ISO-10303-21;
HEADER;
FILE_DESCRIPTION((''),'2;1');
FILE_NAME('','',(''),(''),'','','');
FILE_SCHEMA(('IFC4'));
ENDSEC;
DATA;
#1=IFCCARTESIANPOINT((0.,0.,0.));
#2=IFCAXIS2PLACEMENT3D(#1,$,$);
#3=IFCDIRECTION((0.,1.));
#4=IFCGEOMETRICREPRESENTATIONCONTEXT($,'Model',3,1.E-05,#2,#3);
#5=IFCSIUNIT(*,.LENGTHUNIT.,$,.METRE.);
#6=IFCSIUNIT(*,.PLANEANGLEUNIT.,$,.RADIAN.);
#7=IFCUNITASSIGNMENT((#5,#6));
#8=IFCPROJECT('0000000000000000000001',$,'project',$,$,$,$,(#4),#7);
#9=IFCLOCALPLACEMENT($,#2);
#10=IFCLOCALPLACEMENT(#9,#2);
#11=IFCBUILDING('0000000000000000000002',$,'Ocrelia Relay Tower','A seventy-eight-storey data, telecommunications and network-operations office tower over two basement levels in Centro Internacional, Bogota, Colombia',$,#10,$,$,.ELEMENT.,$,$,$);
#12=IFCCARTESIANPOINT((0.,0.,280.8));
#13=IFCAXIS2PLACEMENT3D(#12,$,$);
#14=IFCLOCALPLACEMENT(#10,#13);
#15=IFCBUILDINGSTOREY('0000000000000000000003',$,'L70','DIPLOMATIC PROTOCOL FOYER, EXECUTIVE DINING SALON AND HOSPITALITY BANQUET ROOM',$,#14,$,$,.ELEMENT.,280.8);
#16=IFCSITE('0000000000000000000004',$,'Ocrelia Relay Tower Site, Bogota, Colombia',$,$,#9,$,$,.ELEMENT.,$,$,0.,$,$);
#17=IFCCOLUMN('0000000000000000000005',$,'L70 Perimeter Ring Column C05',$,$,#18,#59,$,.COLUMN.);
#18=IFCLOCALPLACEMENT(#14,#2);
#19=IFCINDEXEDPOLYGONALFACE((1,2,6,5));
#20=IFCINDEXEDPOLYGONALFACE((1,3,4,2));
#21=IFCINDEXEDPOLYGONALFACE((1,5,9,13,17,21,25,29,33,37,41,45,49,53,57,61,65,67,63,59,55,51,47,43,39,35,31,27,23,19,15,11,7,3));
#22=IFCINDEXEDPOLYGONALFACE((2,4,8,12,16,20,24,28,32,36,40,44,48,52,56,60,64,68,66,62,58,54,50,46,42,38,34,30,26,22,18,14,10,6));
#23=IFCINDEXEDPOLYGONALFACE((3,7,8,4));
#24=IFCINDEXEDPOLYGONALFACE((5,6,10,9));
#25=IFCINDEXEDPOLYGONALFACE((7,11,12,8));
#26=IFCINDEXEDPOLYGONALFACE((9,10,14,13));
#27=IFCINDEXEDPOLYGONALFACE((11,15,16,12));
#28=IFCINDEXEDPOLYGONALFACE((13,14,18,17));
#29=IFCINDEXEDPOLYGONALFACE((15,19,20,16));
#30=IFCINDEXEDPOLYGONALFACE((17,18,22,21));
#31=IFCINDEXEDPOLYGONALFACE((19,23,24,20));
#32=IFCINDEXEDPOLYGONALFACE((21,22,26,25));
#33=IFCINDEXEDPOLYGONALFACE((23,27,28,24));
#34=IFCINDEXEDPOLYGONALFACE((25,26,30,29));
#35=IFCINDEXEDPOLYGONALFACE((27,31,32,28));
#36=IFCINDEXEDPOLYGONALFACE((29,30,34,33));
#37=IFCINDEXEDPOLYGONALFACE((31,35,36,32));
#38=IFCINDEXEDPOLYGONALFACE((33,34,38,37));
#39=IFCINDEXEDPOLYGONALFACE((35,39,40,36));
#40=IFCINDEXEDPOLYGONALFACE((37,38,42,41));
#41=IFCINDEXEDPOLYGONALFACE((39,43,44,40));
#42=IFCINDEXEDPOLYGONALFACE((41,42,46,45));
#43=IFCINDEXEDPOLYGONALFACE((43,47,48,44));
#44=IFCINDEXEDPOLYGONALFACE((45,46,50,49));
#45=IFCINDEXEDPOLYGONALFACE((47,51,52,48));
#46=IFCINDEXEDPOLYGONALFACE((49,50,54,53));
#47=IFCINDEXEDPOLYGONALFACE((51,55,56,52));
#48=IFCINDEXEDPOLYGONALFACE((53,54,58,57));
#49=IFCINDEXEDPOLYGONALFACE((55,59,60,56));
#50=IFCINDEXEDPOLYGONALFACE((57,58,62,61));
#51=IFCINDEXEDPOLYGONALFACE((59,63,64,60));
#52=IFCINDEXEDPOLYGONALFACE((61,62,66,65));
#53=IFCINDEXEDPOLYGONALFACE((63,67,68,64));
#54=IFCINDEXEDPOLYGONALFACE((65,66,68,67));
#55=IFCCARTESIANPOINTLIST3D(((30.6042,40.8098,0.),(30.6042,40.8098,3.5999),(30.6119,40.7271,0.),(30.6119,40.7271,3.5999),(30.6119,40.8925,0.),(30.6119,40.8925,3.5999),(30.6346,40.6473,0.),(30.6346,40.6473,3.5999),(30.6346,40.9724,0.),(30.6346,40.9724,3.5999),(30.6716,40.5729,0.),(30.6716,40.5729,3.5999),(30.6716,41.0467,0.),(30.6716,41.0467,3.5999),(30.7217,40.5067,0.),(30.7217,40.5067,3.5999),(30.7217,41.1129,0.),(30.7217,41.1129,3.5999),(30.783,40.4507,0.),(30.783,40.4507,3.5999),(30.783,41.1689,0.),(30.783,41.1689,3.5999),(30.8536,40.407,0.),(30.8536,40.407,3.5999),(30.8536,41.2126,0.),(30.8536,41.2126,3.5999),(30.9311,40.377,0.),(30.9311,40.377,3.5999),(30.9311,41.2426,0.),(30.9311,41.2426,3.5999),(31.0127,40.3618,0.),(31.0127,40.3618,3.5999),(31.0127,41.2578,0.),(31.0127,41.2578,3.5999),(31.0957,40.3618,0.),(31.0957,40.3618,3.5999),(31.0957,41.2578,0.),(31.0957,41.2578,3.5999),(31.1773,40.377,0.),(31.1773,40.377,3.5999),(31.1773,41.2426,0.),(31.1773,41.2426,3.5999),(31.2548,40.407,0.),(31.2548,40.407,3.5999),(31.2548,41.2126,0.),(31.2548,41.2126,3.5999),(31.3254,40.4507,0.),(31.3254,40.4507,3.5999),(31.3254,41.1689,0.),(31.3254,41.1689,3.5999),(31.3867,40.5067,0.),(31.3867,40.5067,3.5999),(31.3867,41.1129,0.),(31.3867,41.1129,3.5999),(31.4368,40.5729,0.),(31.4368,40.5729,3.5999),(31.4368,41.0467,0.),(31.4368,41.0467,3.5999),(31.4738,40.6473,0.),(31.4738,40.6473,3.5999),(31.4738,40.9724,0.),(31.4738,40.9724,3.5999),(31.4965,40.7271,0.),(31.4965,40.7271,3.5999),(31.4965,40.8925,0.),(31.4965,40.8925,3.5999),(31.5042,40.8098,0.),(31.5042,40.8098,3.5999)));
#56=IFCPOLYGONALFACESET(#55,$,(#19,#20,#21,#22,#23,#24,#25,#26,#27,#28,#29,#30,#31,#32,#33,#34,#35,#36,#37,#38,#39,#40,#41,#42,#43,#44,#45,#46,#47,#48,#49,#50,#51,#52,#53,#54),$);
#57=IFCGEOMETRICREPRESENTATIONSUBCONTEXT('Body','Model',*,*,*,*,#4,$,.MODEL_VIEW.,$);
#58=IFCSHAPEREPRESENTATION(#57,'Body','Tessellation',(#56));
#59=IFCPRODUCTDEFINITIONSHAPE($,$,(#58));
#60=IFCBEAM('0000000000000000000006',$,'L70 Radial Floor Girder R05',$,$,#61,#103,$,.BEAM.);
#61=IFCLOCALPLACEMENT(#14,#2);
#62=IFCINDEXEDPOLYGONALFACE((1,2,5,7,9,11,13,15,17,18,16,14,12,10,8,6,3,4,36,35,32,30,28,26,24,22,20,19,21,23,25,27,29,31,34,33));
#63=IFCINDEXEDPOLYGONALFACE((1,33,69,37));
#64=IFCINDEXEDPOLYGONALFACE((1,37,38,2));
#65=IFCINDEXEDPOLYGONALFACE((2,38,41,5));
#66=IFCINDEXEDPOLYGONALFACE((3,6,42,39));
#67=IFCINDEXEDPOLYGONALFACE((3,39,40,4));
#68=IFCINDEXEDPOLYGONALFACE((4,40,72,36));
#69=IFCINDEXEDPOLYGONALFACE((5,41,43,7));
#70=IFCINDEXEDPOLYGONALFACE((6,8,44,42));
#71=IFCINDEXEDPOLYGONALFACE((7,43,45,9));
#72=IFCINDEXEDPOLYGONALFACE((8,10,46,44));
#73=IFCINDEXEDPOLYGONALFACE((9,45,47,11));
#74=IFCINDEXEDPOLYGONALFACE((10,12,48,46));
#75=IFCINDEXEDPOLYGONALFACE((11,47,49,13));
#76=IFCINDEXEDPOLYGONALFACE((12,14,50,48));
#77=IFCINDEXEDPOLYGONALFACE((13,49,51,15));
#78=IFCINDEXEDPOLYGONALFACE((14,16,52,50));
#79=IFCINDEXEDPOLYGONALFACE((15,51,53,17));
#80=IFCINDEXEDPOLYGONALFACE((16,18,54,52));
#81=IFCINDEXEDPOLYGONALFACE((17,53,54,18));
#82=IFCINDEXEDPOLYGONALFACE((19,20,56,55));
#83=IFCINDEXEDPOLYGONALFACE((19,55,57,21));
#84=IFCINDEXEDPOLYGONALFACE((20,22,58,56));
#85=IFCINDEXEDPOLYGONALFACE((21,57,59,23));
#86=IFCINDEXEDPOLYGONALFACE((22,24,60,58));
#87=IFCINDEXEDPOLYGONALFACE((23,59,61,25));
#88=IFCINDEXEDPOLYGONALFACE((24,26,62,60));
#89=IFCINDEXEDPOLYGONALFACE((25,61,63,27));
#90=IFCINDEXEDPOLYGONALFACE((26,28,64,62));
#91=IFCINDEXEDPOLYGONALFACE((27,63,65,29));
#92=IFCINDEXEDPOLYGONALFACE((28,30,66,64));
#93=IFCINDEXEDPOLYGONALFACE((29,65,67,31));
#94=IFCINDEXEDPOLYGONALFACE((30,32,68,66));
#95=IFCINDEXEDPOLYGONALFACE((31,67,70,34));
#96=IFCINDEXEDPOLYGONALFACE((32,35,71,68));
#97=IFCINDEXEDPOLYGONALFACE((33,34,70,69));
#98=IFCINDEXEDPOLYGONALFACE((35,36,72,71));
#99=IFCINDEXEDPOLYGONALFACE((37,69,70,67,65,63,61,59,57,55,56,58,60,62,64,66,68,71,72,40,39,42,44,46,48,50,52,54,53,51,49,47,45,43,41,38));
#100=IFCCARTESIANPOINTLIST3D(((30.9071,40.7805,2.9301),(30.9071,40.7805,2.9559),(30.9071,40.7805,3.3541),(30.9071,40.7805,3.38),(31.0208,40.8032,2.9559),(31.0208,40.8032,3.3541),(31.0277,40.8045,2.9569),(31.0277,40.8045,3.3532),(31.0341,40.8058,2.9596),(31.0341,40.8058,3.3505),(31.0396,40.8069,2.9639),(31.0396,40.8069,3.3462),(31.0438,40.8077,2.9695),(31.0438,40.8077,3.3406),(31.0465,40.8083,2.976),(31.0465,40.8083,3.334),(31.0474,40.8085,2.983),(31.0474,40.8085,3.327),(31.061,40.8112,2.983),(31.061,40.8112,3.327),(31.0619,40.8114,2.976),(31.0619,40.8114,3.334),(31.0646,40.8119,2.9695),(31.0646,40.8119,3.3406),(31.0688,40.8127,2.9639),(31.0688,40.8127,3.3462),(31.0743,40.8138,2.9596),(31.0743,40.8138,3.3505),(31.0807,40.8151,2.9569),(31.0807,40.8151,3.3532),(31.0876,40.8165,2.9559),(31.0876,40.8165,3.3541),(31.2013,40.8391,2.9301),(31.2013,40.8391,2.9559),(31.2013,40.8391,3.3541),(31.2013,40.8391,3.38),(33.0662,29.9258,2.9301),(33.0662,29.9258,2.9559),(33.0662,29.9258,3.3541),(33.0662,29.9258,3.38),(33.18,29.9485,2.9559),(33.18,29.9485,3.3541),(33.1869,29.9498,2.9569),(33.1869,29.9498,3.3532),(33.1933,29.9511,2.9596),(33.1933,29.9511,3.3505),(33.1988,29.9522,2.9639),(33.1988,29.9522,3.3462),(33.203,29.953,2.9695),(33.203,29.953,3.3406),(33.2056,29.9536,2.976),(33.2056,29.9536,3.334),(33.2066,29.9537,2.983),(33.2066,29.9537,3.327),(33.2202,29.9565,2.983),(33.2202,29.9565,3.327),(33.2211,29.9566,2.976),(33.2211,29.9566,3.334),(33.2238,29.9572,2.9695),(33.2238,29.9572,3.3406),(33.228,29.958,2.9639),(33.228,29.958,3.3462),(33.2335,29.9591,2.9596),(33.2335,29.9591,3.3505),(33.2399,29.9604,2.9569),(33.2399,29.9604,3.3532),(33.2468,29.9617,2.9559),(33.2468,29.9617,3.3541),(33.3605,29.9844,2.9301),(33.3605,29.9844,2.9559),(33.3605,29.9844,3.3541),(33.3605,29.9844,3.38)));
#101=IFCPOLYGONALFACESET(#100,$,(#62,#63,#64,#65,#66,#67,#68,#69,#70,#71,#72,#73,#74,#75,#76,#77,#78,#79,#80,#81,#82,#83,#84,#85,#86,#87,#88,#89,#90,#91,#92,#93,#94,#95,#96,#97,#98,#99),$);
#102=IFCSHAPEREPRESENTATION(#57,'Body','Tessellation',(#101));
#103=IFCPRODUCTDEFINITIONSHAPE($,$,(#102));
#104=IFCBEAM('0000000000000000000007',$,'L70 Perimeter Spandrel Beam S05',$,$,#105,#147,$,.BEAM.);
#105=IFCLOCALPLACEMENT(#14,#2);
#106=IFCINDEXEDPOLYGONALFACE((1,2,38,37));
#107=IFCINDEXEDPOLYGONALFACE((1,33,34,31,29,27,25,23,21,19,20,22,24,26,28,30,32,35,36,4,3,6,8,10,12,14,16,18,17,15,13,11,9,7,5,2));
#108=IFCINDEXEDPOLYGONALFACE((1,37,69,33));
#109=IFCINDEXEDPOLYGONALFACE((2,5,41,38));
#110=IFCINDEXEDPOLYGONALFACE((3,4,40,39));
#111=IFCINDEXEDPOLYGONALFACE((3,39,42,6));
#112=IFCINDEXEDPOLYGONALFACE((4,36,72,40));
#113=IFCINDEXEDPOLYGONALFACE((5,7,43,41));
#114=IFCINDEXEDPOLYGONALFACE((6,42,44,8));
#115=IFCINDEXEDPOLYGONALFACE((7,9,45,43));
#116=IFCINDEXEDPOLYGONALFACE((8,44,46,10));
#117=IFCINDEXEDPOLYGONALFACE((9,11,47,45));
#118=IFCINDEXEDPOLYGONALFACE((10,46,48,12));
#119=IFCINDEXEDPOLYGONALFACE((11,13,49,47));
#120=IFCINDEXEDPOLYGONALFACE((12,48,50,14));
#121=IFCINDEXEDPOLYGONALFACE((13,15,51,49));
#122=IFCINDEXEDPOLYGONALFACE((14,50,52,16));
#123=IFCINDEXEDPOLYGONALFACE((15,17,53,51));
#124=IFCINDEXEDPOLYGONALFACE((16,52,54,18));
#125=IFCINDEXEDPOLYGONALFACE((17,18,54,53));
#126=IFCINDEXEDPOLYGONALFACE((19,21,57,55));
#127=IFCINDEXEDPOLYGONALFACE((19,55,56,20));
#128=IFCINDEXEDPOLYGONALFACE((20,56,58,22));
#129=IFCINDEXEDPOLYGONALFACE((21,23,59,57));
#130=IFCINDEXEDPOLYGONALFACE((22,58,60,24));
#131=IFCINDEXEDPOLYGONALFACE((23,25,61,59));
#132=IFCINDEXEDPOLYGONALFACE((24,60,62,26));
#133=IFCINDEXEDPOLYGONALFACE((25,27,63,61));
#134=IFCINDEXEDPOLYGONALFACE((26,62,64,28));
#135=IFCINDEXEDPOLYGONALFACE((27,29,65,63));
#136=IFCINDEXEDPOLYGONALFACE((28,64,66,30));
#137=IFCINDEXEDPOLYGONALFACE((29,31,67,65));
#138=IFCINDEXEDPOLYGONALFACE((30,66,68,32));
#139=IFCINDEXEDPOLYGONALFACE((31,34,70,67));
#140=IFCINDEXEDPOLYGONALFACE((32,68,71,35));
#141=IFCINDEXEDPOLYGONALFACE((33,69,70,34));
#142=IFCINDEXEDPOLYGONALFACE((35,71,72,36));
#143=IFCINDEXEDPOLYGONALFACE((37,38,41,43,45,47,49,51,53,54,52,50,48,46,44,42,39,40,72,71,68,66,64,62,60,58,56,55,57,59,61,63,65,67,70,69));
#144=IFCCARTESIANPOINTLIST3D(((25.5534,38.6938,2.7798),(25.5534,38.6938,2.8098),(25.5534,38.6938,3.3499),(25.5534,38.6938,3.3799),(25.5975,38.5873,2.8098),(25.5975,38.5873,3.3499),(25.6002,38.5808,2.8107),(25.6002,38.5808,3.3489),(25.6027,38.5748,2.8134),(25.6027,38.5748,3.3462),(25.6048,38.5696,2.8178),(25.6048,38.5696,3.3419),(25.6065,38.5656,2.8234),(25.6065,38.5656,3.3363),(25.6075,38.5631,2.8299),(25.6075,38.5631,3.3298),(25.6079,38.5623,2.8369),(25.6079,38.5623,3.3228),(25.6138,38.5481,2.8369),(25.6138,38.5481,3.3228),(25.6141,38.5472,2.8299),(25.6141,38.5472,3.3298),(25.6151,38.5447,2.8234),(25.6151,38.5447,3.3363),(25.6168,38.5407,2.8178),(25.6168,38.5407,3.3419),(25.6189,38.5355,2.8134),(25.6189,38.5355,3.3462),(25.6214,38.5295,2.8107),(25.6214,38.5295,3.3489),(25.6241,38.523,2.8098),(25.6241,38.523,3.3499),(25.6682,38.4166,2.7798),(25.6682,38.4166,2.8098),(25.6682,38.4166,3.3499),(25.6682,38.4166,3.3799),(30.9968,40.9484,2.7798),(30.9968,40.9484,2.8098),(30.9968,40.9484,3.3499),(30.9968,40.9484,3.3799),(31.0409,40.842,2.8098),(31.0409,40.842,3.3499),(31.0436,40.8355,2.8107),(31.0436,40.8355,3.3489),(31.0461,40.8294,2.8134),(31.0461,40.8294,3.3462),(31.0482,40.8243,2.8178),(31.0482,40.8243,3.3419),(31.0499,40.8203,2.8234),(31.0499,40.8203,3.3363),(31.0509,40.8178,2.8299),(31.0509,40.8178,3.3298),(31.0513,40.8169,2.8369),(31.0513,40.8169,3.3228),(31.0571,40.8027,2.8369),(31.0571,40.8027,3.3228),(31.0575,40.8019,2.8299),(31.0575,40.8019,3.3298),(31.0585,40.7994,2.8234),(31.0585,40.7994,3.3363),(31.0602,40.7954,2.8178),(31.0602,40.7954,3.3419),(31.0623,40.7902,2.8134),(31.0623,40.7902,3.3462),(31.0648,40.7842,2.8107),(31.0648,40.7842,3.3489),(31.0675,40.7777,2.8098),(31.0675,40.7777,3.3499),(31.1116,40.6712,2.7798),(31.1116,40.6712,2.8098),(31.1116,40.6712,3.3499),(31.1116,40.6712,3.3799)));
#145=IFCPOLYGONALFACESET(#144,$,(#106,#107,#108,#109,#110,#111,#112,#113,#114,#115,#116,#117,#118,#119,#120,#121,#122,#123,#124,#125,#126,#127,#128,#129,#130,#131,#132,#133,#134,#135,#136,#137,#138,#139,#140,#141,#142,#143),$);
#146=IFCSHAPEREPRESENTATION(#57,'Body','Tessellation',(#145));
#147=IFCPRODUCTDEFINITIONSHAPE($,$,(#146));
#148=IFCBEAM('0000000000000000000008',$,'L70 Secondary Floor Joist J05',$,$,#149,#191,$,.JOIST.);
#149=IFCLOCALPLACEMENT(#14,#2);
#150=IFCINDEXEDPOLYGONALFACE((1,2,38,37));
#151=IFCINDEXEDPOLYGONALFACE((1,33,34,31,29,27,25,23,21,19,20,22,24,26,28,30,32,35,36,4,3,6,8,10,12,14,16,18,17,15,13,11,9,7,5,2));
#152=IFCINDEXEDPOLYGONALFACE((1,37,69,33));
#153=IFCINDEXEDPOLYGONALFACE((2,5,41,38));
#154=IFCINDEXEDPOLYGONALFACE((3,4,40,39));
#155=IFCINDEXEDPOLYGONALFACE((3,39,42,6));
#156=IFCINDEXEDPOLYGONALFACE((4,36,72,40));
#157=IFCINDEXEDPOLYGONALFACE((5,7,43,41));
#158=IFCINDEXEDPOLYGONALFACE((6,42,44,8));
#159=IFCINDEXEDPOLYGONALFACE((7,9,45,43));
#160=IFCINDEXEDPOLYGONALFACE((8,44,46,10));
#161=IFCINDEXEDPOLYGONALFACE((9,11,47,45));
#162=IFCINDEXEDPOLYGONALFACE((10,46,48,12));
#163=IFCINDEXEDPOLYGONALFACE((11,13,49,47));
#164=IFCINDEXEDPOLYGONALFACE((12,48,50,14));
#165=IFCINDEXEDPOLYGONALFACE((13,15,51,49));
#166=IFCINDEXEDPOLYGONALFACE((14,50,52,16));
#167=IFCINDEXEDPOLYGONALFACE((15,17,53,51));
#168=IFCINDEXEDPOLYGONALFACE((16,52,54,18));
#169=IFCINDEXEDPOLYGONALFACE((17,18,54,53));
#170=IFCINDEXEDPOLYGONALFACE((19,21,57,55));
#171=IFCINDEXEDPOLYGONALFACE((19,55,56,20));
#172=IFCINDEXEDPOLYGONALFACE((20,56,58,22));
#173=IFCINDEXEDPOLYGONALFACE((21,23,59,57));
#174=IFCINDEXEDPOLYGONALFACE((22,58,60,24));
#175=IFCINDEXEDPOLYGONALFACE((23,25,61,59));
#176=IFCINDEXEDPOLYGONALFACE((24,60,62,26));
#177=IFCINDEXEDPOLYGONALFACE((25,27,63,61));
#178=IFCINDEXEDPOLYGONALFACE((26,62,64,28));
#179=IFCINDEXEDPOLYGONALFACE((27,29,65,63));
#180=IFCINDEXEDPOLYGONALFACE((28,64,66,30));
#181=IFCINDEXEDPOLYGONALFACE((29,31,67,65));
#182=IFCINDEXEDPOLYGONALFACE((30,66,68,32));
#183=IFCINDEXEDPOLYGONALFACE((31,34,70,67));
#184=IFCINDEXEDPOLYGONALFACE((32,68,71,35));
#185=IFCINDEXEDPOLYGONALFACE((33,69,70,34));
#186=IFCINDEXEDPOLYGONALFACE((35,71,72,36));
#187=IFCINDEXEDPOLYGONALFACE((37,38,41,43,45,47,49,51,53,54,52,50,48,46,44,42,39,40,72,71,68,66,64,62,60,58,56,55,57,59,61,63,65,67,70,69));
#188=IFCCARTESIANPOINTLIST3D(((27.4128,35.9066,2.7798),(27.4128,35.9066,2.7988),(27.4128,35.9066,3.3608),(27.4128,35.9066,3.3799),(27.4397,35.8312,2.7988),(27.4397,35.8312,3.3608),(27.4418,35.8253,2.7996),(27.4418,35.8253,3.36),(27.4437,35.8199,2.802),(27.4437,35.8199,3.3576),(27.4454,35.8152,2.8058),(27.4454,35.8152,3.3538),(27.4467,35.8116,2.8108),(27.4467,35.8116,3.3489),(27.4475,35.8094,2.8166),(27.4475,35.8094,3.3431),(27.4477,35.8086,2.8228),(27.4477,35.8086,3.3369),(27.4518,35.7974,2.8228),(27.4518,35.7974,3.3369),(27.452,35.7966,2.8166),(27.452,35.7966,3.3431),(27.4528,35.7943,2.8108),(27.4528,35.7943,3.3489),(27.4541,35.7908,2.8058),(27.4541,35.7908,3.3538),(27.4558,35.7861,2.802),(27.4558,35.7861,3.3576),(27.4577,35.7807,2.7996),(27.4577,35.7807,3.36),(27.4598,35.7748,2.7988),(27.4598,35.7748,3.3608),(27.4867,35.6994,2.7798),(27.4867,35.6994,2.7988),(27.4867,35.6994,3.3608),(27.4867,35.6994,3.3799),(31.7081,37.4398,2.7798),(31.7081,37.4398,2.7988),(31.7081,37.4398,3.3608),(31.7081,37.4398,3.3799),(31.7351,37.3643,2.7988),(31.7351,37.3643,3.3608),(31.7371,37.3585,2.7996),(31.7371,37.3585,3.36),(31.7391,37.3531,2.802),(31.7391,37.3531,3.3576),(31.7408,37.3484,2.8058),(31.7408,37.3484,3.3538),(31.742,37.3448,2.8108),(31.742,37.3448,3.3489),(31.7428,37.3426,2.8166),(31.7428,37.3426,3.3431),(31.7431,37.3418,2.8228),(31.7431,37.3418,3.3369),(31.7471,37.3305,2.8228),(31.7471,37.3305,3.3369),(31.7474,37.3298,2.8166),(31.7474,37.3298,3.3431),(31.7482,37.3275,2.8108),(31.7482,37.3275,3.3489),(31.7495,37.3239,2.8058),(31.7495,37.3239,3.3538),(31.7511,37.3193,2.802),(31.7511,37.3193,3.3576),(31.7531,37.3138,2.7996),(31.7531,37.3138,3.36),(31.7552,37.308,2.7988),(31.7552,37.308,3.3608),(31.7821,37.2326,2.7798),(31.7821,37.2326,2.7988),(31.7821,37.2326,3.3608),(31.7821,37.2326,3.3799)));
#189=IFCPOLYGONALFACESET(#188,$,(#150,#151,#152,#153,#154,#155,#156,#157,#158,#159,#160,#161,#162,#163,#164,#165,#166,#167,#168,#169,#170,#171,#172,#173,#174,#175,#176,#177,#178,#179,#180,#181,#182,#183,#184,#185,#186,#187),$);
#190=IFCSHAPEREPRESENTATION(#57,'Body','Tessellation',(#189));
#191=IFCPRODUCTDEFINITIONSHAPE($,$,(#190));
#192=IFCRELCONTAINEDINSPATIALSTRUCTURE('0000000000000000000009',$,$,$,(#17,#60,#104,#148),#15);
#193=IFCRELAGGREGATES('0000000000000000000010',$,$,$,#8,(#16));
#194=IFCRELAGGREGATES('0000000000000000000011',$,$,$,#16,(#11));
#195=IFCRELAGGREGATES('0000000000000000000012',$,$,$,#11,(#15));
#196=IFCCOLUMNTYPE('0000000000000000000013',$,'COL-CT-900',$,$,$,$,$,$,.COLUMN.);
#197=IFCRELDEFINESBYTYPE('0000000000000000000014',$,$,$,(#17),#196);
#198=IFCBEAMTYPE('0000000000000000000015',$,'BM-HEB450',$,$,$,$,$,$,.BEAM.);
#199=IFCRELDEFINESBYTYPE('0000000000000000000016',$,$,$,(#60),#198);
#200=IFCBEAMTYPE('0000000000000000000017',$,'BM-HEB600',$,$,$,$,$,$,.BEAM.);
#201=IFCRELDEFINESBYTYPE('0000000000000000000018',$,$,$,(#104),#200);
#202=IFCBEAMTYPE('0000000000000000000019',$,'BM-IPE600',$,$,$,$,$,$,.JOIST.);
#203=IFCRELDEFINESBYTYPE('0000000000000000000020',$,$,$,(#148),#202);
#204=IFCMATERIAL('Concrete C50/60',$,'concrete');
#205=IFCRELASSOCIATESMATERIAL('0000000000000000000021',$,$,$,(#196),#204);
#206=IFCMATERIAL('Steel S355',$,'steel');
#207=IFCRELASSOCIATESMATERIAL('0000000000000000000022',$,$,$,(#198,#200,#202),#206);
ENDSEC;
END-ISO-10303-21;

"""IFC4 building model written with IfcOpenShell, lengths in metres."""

from ifc_helpers import new_model, si_unit, direction, frame, origin, origin_2d, place, context, subcontext, project, spatial, circle, i_section, extrude, material, material_profile, profile_set, type_object, element, save


model = new_model("IFC4")

# Units and contexts
model_context = context("Model", 3, precision=1e-05, world=origin(), true_north=direction((0.0, 1.0)))
body_context = subcontext(model_context, "Body", "Model", "MODEL_VIEW")
ifc_project = project(units=[si_unit("LENGTHUNIT", "METRE"), si_unit("PLANEANGLEUNIT", "RADIAN")], contexts=[model_context])

# Site, building, storey
site_placement = place(None, origin())
site = spatial("IfcSite", under=ifc_project, at=site_placement, Name="Ocrelia Relay Tower Site, Bogota, Colombia", CompositionType="ELEMENT", RefElevation=0.0)
building_placement = place(site_placement, origin())
building = spatial("IfcBuilding", under=site, at=building_placement, Name="Ocrelia Relay Tower", Description="A seventy-eight-storey data, telecommunications and network-operations office tower over two basement levels in Centro Internacional, Bogota, Colombia", CompositionType="ELEMENT")
storey_placement = place(building_placement, frame((0.0, 0.0, 280.8)))
storey = spatial("IfcBuildingStorey", under=building, at=storey_placement, Name="L70", Description="DIPLOMATIC PROTOCOL FOYER, EXECUTIVE DINING SALON AND HOSPITALITY BANQUET ROOM", CompositionType="ELEMENT", Elevation=280.8)

# Column
ifc_material_1 = material(Name="Concrete C50/60", Category="concrete")
ifc_material_profile_1 = material_profile(ifc_material_1, circle(Radius=0.45, at=origin_2d()), Name="RC-CIR-900")
ifc_profile_set_1 = profile_set([ifc_material_profile_1], Name="Concrete C50/60")
column_type = type_object("IfcColumnType", Name="COL-CT-900", PredefinedType="COLUMN", material=ifc_profile_set_1)
column_placement = place(storey_placement, frame((31.0542, 40.8098, 0.0), z_axis=(0.0, 0.0, 1.0), x_axis=(1.0, 0.0, 0.0)))
element("IfcColumn", 1, at=column_placement, inside=storey, type_object=column_type, Name="L70 Perimeter Ring Column C05", PredefinedType="COLUMN", context=body_context, shape_type="SweptSolid", body=[
    extrude(circle(Radius=0.45, at=origin_2d()), origin(), (0.0, 0.0, 1.0), 3.5999),
])

# Beams
ifc_material_2 = material(Name="Steel S355", Category="steel")
ifc_material_profile_2 = material_profile(ifc_material_2, i_section(OverallWidth=0.3, OverallDepth=0.45, WebThickness=0.0139, FlangeThickness=0.0259, FilletRadius=0.0271, at=origin_2d()), Name="HEB 450")
ifc_profile_set_2 = profile_set([ifc_material_profile_2], Name="Steel S355")
beam_type_1 = type_object("IfcBeamType", Name="BM-HEB450", PredefinedType="BEAM", material=ifc_profile_set_2)
beam_1_placement = place(storey_placement, frame((31.0542, 40.8098, 3.155), z_axis=(0.195094, -0.980785, 0.0), x_axis=(0.980785, 0.195094, 0.0)))
element("IfcBeam", 2, at=beam_1_placement, inside=storey, type_object=beam_type_1, Name="L70 Radial Floor Girder R05", PredefinedType="BEAM", context=body_context, shape_type="SweptSolid", body=[
    extrude(i_section(OverallWidth=0.3, OverallDepth=0.45, WebThickness=0.0139, FlangeThickness=0.0259, FilletRadius=0.0271, at=origin_2d()), origin(), (0.0, 0.0, 1.0), 11.0674),
])
ifc_material_profile_3 = material_profile(ifc_material_2, i_section(OverallWidth=0.3, OverallDepth=0.6001, WebThickness=0.0154, FlangeThickness=0.03, FilletRadius=0.0271, at=origin_2d()), Name="HEB 600")
ifc_profile_set_3 = profile_set([ifc_material_profile_3], Name="Steel S355")
beam_type_2 = type_object("IfcBeamType", Name="BM-HEB600", PredefinedType="BEAM", material=ifc_profile_set_3)
beam_2_placement = place(storey_placement, frame((31.0542, 40.8098, 3.0798), z_axis=(-0.923884, -0.382673, 0.0), x_axis=(0.382673, -0.923884, 0.0)))
element("IfcBeam", 3, at=beam_2_placement, inside=storey, type_object=beam_type_2, Name="L70 Perimeter Spandrel Beam S05", PredefinedType="BEAM", context=body_context, shape_type="SweptSolid", body=[
    extrude(i_section(OverallWidth=0.3, OverallDepth=0.6001, WebThickness=0.0154, FlangeThickness=0.03, FilletRadius=0.0271, at=origin_2d()), origin(), (0.0, 0.0, 1.0), 5.8918),
])
ifc_material_profile_4 = material_profile(ifc_material_2, i_section(OverallWidth=0.22, OverallDepth=0.6001, WebThickness=0.012, FlangeThickness=0.019, FilletRadius=0.0239, at=origin_2d()), Name="IPE 600")
ifc_profile_set_4 = profile_set([ifc_material_profile_4], Name="Steel S355")
beam_type_3 = type_object("IfcBeamType", Name="BM-IPE600", PredefinedType="JOIST", material=ifc_profile_set_4)
beam_3_placement = place(storey_placement, frame((31.7451, 37.3362, 3.0798), z_axis=(-0.941802, -0.336167, 0.0), x_axis=(0.336167, -0.941802, 0.0)))
element("IfcBeam", 4, at=beam_3_placement, inside=storey, type_object=beam_type_3, Name="L70 Secondary Floor Joist J05", PredefinedType="JOIST", context=body_context, shape_type="SweptSolid", body=[
    extrude(i_section(OverallWidth=0.22, OverallDepth=0.6001, WebThickness=0.012, FlangeThickness=0.019, FilletRadius=0.0239, at=origin_2d()), origin(), (0.0, 0.0, 1.0), 4.5608),
])

save(model, "model.ifc")
